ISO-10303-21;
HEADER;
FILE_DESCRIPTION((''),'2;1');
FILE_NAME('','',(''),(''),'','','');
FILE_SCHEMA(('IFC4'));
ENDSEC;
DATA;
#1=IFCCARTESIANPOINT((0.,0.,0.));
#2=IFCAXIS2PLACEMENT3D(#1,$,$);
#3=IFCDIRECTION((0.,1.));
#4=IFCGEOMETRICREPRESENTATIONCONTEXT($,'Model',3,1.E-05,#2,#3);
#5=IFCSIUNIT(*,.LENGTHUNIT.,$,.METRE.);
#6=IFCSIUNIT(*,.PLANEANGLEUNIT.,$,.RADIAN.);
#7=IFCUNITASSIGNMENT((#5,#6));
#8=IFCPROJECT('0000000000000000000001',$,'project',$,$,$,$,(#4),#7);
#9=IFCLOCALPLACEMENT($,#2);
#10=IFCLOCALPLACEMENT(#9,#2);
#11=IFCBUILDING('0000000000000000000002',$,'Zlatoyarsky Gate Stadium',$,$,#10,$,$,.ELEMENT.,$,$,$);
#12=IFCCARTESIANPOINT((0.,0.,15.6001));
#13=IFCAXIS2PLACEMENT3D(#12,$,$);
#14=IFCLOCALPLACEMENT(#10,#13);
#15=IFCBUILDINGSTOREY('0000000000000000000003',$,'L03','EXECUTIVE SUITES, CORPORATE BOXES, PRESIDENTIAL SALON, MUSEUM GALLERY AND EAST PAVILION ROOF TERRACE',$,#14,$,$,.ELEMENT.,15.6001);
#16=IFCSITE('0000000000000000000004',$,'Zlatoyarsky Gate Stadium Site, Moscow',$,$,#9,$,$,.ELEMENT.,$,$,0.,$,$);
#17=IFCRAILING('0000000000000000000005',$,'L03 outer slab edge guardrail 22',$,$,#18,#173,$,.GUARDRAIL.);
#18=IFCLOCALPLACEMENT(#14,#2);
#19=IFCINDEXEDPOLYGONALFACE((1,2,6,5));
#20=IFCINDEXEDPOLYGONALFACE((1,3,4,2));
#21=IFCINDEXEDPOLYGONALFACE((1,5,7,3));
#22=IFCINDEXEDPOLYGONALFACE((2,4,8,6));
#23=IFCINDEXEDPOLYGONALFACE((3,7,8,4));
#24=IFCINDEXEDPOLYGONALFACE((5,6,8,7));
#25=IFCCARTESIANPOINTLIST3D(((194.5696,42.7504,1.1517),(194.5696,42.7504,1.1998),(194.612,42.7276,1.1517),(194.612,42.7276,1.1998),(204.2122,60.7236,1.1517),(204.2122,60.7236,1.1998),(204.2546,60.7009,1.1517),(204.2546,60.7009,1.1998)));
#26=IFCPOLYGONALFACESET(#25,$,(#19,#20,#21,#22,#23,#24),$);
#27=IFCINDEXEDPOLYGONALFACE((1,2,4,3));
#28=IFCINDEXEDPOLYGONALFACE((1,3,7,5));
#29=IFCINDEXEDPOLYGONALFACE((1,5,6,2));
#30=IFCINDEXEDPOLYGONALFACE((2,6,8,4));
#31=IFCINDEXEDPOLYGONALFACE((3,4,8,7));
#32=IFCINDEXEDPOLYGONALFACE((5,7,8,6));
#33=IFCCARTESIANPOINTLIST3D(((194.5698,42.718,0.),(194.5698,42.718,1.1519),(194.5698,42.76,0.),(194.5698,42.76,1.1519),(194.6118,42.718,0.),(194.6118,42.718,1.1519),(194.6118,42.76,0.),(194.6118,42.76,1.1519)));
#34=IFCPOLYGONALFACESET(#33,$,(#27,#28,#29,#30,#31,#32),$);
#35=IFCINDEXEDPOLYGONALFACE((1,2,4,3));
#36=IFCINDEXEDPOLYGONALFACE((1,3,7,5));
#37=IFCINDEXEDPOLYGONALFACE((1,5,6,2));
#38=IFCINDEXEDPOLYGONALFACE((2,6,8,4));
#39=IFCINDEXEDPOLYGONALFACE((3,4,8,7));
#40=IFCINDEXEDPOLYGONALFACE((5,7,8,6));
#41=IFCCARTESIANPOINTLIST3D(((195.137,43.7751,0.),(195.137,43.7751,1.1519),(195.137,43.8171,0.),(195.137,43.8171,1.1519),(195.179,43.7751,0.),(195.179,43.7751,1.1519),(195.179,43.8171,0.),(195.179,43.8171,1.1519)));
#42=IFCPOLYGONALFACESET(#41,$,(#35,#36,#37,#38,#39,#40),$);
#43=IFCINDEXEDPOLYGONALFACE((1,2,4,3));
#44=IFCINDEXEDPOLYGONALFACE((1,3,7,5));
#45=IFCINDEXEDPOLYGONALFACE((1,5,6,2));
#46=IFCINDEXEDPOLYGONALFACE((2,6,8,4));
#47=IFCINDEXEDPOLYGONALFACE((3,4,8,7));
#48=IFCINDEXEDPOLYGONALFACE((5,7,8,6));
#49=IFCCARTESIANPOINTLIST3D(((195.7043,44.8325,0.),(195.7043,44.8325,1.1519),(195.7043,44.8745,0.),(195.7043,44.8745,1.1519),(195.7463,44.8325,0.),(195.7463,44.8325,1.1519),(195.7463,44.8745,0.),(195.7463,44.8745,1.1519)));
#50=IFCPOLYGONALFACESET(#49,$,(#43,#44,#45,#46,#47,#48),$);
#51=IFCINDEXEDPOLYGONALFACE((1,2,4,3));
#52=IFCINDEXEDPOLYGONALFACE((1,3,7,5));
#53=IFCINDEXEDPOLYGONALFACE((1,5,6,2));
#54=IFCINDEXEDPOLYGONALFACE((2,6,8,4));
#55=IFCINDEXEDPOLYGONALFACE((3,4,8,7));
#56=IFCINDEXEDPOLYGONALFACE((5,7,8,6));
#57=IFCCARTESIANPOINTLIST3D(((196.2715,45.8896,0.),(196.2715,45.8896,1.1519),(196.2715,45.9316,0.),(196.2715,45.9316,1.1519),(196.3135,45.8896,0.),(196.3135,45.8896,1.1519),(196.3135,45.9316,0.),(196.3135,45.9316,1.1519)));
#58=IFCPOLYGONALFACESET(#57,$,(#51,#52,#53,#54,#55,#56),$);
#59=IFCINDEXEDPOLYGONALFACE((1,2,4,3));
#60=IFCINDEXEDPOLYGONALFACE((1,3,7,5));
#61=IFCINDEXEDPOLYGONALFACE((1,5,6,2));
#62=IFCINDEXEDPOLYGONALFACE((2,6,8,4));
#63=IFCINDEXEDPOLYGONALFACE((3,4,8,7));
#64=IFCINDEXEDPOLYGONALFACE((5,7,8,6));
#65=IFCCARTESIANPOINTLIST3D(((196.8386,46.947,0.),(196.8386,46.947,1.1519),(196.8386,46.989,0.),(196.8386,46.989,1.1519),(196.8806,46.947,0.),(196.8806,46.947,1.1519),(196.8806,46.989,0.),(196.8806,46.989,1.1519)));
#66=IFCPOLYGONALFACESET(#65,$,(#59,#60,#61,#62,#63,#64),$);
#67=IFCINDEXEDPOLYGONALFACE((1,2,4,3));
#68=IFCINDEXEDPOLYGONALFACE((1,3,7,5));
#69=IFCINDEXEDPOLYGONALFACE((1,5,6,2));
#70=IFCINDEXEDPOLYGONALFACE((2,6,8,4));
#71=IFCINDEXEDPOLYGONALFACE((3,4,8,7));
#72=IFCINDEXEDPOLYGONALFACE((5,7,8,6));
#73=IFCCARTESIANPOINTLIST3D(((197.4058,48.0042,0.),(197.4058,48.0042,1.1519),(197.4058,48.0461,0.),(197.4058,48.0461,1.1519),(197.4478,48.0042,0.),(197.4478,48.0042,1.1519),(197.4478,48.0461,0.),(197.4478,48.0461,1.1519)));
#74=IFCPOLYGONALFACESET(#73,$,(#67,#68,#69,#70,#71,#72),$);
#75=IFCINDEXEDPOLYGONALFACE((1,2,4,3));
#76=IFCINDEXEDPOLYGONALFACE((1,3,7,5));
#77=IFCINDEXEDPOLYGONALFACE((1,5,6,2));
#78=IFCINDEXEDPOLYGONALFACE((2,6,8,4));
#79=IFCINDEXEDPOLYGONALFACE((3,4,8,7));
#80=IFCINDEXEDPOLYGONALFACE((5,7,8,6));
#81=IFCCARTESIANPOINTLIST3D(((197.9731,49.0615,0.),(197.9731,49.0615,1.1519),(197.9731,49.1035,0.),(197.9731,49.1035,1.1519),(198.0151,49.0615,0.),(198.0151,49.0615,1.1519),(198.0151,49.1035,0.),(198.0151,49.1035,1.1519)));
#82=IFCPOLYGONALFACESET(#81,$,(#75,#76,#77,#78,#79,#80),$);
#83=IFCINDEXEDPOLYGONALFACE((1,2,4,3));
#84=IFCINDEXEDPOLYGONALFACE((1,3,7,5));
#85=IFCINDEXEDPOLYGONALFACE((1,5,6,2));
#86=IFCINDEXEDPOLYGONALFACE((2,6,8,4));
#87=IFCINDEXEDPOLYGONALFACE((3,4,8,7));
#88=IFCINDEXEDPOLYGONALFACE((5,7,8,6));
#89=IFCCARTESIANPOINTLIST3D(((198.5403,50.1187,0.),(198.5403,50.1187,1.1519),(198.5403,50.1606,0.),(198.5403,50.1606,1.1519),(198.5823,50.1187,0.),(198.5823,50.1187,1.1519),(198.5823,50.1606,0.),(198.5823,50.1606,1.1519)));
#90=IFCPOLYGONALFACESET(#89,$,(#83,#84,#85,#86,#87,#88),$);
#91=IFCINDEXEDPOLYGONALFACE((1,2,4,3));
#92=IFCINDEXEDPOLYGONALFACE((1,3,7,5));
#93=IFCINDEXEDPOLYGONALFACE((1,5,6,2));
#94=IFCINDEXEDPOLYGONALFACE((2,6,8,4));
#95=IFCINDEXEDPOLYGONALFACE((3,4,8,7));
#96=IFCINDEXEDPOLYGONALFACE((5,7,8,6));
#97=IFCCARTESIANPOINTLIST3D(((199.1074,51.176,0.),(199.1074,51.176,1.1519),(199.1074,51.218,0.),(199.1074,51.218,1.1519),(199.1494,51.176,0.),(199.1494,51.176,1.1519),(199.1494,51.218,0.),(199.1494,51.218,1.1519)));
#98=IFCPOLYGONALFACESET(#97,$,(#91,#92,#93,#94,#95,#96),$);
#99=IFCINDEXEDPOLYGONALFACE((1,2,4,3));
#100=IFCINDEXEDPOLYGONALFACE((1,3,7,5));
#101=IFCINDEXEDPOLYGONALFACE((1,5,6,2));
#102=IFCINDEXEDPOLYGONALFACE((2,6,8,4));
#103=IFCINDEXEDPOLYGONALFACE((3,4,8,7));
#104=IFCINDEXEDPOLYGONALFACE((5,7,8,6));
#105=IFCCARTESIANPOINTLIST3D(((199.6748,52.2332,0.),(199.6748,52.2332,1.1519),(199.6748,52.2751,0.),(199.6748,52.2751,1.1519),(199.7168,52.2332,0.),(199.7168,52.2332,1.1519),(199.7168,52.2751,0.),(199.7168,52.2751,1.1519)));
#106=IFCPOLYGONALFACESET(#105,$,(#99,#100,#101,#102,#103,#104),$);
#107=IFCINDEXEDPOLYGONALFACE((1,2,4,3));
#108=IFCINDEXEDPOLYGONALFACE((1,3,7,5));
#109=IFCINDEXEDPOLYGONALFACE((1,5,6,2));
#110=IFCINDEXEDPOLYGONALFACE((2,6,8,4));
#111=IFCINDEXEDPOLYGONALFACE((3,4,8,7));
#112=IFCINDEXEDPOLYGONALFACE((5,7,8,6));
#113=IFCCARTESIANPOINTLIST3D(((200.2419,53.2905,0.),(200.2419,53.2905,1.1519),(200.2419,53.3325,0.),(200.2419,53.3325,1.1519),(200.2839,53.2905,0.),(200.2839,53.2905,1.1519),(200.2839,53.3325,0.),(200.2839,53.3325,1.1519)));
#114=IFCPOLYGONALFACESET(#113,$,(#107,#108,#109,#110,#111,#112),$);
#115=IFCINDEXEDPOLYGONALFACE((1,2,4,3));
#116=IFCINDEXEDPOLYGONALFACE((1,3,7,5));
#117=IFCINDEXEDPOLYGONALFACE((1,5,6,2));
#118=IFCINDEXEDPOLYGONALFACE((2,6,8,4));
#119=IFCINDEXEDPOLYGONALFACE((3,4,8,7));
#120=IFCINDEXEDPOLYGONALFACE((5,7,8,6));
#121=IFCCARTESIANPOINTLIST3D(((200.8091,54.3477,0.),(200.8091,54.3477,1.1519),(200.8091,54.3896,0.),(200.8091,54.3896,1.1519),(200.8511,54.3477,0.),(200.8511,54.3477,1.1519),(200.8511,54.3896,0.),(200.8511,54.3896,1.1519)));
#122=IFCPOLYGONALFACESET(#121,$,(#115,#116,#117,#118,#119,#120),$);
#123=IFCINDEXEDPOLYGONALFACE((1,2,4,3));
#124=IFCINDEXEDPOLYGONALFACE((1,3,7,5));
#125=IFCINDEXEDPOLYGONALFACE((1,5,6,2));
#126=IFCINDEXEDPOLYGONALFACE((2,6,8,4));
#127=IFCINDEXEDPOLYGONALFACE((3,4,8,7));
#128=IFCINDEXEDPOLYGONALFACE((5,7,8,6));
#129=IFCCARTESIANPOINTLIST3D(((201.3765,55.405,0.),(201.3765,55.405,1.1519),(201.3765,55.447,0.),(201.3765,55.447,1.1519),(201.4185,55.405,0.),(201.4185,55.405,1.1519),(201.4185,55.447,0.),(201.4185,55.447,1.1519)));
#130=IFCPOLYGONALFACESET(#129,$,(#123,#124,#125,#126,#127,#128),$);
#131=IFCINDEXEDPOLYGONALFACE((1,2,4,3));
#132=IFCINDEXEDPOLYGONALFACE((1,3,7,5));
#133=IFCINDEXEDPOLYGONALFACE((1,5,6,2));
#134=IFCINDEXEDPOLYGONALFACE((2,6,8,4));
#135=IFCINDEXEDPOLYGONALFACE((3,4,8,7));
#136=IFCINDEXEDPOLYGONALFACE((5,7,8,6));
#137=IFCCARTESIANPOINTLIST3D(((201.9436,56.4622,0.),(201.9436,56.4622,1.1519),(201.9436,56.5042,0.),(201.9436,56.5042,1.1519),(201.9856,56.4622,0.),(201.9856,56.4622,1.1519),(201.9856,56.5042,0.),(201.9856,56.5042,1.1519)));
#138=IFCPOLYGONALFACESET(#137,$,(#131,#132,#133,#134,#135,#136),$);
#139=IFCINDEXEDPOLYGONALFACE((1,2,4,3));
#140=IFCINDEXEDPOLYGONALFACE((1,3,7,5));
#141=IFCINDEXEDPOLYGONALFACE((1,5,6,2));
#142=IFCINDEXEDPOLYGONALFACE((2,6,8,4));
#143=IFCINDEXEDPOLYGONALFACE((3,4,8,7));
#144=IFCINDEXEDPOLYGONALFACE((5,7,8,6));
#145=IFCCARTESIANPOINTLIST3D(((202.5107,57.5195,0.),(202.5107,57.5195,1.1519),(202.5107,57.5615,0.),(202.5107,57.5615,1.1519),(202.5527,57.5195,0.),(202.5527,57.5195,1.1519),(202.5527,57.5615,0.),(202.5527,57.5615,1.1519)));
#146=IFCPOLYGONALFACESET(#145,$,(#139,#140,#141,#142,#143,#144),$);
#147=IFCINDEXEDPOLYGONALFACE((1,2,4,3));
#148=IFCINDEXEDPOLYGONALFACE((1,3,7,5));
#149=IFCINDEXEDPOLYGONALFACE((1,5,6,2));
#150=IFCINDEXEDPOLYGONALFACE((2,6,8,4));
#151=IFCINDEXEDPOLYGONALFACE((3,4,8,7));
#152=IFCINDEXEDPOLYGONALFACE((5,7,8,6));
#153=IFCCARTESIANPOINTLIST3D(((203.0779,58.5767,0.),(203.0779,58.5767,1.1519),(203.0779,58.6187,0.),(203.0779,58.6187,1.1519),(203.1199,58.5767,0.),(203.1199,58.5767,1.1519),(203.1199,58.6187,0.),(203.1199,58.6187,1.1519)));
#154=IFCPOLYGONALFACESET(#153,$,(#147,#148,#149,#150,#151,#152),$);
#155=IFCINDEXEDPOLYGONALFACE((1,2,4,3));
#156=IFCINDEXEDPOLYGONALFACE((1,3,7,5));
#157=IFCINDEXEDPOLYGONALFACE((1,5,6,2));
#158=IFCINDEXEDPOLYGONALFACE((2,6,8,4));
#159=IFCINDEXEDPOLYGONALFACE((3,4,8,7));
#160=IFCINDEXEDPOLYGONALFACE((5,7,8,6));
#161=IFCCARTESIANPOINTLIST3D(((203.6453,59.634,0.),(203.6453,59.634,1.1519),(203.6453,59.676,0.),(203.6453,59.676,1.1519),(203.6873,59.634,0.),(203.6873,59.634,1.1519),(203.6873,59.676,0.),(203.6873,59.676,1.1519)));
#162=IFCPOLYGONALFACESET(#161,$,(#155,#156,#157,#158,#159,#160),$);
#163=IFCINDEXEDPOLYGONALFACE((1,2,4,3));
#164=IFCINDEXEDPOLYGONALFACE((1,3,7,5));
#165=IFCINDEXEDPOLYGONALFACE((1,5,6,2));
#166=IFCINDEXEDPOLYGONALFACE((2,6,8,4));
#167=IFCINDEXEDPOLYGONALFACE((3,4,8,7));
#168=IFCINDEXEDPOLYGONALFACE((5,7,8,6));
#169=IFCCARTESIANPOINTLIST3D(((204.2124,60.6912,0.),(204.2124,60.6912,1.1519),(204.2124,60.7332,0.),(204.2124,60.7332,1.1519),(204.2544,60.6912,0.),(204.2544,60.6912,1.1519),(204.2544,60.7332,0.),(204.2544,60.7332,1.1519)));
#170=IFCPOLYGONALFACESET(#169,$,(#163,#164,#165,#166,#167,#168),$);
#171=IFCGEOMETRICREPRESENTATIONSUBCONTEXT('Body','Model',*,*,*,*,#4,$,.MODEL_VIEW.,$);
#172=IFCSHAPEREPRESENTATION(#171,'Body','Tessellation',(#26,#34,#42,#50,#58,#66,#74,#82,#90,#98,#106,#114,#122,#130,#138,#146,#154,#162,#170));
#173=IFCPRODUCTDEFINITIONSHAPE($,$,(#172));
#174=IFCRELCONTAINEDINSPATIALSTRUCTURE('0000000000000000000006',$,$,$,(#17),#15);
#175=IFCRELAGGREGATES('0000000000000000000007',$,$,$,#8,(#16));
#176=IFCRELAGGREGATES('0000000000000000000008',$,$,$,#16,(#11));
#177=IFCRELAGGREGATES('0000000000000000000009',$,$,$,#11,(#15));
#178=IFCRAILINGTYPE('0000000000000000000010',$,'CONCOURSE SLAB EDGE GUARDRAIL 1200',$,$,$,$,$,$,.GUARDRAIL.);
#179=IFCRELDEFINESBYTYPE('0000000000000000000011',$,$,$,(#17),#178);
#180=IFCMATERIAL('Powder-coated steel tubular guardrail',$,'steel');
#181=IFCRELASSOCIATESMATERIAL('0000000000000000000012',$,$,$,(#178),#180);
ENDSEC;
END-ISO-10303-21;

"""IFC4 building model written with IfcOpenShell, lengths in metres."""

from ifc_helpers import new_model, si_unit, direction, frame, origin, origin_2d, place, context, subcontext, project, spatial, rectangle, extrude, material, type_object, element, save


model = new_model("IFC4")

# Units and contexts
model_context = context("Model", 3, precision=1e-05, world=origin(), true_north=direction((0.0, 1.0)))
body_context = subcontext(model_context, "Body", "Model", "MODEL_VIEW")
ifc_project = project(units=[si_unit("LENGTHUNIT", "METRE"), si_unit("PLANEANGLEUNIT", "RADIAN")], contexts=[model_context])

# Site, building, storey
site_placement = place(None, origin())
site = spatial("IfcSite", under=ifc_project, at=site_placement, Name="Zlatoyarsky Gate Stadium Site, Moscow", CompositionType="ELEMENT", RefElevation=0.0)
building_placement = place(site_placement, origin())
building = spatial("IfcBuilding", under=site, at=building_placement, Name="Zlatoyarsky Gate Stadium", CompositionType="ELEMENT")
storey_placement = place(building_placement, frame((0.0, 0.0, 15.6001)))
storey = spatial("IfcBuildingStorey", under=building, at=storey_placement, Name="L03", Description="EXECUTIVE SUITES, CORPORATE BOXES, PRESIDENTIAL SALON, MUSEUM GALLERY AND EAST PAVILION ROOF TERRACE", CompositionType="ELEMENT", Elevation=15.6001)

# Railing
ifc_material_1 = material(Name="Powder-coated steel tubular guardrail", Category="steel")
railing_type = type_object("IfcRailingType", Name="CONCOURSE SLAB EDGE GUARDRAIL 1200", PredefinedType="GUARDRAIL", material=ifc_material_1)
railing_placement = place(storey_placement, frame((194.5908, 42.739, 0.0)))
element("IfcRailing", 1, at=railing_placement, inside=storey, type_object=railing_type, Name="L03 outer slab edge guardrail 22", PredefinedType="GUARDRAIL", context=body_context, shape_type="SweptSolid", body=[
    extrude(rectangle(XDim=0.0481, YDim=0.0481, at=origin_2d()), frame((0.0, 0.0, 1.1758), z_axis=(0.472759, 0.881192, 0.0), x_axis=(-0.881192, 0.472759, 0.0)), (0.0, 0.0, 1.0), 20.3965),
    extrude(rectangle(XDim=0.042, YDim=0.042, at=origin_2d()), origin(), (0.0, 0.0, 1.0), 1.1519),
    extrude(rectangle(XDim=0.042, YDim=0.042, at=origin_2d()), frame((0.5671, 1.0571, 0.0)), (0.0, 0.0, 1.0), 1.1519),
    extrude(rectangle(XDim=0.042, YDim=0.042, at=origin_2d()), frame((1.1345, 2.1145, 0.0)), (0.0, 0.0, 1.0), 1.1519),
    extrude(rectangle(XDim=0.042, YDim=0.042, at=origin_2d()), frame((1.7017, 3.1716, 0.0)), (0.0, 0.0, 1.0), 1.1519),
    extrude(rectangle(XDim=0.042, YDim=0.042, at=origin_2d()), frame((2.2688, 4.229, 0.0)), (0.0, 0.0, 1.0), 1.1519),
    extrude(rectangle(XDim=0.042, YDim=0.042, at=origin_2d()), frame((2.8359, 5.2861, 0.0)), (0.0, 0.0, 1.0), 1.1519),
    extrude(rectangle(XDim=0.042, YDim=0.042, at=origin_2d()), frame((3.4033, 6.3435, 0.0)), (0.0, 0.0, 1.0), 1.1519),
    extrude(rectangle(XDim=0.042, YDim=0.042, at=origin_2d()), frame((3.9705, 7.4006, 0.0)), (0.0, 0.0, 1.0), 1.1519),
    extrude(rectangle(XDim=0.042, YDim=0.042, at=origin_2d()), frame((4.5376, 8.458, 0.0)), (0.0, 0.0, 1.0), 1.1519),
    extrude(rectangle(XDim=0.042, YDim=0.042, at=origin_2d()), frame((5.105, 9.5151, 0.0)), (0.0, 0.0, 1.0), 1.1519),
    extrude(rectangle(XDim=0.042, YDim=0.042, at=origin_2d()), frame((5.6721, 10.5725, 0.0)), (0.0, 0.0, 1.0), 1.1519),
    extrude(rectangle(XDim=0.042, YDim=0.042, at=origin_2d()), frame((6.2393, 11.6296, 0.0)), (0.0, 0.0, 1.0), 1.1519),
    extrude(rectangle(XDim=0.042, YDim=0.042, at=origin_2d()), frame((6.8066, 12.687, 0.0)), (0.0, 0.0, 1.0), 1.1519),
    extrude(rectangle(XDim=0.042, YDim=0.042, at=origin_2d()), frame((7.3738, 13.7441, 0.0)), (0.0, 0.0, 1.0), 1.1519),
    extrude(rectangle(XDim=0.042, YDim=0.042, at=origin_2d()), frame((7.9409, 14.8015, 0.0)), (0.0, 0.0, 1.0), 1.1519),
    extrude(rectangle(XDim=0.042, YDim=0.042, at=origin_2d()), frame((8.5081, 15.8586, 0.0)), (0.0, 0.0, 1.0), 1.1519),
    extrude(rectangle(XDim=0.042, YDim=0.042, at=origin_2d()), frame((9.0754, 16.916, 0.0)), (0.0, 0.0, 1.0), 1.1519),
    extrude(rectangle(XDim=0.042, YDim=0.042, at=origin_2d()), frame((9.6426, 17.9731, 0.0)), (0.0, 0.0, 1.0), 1.1519),
])

save(model, "model.ifc")
